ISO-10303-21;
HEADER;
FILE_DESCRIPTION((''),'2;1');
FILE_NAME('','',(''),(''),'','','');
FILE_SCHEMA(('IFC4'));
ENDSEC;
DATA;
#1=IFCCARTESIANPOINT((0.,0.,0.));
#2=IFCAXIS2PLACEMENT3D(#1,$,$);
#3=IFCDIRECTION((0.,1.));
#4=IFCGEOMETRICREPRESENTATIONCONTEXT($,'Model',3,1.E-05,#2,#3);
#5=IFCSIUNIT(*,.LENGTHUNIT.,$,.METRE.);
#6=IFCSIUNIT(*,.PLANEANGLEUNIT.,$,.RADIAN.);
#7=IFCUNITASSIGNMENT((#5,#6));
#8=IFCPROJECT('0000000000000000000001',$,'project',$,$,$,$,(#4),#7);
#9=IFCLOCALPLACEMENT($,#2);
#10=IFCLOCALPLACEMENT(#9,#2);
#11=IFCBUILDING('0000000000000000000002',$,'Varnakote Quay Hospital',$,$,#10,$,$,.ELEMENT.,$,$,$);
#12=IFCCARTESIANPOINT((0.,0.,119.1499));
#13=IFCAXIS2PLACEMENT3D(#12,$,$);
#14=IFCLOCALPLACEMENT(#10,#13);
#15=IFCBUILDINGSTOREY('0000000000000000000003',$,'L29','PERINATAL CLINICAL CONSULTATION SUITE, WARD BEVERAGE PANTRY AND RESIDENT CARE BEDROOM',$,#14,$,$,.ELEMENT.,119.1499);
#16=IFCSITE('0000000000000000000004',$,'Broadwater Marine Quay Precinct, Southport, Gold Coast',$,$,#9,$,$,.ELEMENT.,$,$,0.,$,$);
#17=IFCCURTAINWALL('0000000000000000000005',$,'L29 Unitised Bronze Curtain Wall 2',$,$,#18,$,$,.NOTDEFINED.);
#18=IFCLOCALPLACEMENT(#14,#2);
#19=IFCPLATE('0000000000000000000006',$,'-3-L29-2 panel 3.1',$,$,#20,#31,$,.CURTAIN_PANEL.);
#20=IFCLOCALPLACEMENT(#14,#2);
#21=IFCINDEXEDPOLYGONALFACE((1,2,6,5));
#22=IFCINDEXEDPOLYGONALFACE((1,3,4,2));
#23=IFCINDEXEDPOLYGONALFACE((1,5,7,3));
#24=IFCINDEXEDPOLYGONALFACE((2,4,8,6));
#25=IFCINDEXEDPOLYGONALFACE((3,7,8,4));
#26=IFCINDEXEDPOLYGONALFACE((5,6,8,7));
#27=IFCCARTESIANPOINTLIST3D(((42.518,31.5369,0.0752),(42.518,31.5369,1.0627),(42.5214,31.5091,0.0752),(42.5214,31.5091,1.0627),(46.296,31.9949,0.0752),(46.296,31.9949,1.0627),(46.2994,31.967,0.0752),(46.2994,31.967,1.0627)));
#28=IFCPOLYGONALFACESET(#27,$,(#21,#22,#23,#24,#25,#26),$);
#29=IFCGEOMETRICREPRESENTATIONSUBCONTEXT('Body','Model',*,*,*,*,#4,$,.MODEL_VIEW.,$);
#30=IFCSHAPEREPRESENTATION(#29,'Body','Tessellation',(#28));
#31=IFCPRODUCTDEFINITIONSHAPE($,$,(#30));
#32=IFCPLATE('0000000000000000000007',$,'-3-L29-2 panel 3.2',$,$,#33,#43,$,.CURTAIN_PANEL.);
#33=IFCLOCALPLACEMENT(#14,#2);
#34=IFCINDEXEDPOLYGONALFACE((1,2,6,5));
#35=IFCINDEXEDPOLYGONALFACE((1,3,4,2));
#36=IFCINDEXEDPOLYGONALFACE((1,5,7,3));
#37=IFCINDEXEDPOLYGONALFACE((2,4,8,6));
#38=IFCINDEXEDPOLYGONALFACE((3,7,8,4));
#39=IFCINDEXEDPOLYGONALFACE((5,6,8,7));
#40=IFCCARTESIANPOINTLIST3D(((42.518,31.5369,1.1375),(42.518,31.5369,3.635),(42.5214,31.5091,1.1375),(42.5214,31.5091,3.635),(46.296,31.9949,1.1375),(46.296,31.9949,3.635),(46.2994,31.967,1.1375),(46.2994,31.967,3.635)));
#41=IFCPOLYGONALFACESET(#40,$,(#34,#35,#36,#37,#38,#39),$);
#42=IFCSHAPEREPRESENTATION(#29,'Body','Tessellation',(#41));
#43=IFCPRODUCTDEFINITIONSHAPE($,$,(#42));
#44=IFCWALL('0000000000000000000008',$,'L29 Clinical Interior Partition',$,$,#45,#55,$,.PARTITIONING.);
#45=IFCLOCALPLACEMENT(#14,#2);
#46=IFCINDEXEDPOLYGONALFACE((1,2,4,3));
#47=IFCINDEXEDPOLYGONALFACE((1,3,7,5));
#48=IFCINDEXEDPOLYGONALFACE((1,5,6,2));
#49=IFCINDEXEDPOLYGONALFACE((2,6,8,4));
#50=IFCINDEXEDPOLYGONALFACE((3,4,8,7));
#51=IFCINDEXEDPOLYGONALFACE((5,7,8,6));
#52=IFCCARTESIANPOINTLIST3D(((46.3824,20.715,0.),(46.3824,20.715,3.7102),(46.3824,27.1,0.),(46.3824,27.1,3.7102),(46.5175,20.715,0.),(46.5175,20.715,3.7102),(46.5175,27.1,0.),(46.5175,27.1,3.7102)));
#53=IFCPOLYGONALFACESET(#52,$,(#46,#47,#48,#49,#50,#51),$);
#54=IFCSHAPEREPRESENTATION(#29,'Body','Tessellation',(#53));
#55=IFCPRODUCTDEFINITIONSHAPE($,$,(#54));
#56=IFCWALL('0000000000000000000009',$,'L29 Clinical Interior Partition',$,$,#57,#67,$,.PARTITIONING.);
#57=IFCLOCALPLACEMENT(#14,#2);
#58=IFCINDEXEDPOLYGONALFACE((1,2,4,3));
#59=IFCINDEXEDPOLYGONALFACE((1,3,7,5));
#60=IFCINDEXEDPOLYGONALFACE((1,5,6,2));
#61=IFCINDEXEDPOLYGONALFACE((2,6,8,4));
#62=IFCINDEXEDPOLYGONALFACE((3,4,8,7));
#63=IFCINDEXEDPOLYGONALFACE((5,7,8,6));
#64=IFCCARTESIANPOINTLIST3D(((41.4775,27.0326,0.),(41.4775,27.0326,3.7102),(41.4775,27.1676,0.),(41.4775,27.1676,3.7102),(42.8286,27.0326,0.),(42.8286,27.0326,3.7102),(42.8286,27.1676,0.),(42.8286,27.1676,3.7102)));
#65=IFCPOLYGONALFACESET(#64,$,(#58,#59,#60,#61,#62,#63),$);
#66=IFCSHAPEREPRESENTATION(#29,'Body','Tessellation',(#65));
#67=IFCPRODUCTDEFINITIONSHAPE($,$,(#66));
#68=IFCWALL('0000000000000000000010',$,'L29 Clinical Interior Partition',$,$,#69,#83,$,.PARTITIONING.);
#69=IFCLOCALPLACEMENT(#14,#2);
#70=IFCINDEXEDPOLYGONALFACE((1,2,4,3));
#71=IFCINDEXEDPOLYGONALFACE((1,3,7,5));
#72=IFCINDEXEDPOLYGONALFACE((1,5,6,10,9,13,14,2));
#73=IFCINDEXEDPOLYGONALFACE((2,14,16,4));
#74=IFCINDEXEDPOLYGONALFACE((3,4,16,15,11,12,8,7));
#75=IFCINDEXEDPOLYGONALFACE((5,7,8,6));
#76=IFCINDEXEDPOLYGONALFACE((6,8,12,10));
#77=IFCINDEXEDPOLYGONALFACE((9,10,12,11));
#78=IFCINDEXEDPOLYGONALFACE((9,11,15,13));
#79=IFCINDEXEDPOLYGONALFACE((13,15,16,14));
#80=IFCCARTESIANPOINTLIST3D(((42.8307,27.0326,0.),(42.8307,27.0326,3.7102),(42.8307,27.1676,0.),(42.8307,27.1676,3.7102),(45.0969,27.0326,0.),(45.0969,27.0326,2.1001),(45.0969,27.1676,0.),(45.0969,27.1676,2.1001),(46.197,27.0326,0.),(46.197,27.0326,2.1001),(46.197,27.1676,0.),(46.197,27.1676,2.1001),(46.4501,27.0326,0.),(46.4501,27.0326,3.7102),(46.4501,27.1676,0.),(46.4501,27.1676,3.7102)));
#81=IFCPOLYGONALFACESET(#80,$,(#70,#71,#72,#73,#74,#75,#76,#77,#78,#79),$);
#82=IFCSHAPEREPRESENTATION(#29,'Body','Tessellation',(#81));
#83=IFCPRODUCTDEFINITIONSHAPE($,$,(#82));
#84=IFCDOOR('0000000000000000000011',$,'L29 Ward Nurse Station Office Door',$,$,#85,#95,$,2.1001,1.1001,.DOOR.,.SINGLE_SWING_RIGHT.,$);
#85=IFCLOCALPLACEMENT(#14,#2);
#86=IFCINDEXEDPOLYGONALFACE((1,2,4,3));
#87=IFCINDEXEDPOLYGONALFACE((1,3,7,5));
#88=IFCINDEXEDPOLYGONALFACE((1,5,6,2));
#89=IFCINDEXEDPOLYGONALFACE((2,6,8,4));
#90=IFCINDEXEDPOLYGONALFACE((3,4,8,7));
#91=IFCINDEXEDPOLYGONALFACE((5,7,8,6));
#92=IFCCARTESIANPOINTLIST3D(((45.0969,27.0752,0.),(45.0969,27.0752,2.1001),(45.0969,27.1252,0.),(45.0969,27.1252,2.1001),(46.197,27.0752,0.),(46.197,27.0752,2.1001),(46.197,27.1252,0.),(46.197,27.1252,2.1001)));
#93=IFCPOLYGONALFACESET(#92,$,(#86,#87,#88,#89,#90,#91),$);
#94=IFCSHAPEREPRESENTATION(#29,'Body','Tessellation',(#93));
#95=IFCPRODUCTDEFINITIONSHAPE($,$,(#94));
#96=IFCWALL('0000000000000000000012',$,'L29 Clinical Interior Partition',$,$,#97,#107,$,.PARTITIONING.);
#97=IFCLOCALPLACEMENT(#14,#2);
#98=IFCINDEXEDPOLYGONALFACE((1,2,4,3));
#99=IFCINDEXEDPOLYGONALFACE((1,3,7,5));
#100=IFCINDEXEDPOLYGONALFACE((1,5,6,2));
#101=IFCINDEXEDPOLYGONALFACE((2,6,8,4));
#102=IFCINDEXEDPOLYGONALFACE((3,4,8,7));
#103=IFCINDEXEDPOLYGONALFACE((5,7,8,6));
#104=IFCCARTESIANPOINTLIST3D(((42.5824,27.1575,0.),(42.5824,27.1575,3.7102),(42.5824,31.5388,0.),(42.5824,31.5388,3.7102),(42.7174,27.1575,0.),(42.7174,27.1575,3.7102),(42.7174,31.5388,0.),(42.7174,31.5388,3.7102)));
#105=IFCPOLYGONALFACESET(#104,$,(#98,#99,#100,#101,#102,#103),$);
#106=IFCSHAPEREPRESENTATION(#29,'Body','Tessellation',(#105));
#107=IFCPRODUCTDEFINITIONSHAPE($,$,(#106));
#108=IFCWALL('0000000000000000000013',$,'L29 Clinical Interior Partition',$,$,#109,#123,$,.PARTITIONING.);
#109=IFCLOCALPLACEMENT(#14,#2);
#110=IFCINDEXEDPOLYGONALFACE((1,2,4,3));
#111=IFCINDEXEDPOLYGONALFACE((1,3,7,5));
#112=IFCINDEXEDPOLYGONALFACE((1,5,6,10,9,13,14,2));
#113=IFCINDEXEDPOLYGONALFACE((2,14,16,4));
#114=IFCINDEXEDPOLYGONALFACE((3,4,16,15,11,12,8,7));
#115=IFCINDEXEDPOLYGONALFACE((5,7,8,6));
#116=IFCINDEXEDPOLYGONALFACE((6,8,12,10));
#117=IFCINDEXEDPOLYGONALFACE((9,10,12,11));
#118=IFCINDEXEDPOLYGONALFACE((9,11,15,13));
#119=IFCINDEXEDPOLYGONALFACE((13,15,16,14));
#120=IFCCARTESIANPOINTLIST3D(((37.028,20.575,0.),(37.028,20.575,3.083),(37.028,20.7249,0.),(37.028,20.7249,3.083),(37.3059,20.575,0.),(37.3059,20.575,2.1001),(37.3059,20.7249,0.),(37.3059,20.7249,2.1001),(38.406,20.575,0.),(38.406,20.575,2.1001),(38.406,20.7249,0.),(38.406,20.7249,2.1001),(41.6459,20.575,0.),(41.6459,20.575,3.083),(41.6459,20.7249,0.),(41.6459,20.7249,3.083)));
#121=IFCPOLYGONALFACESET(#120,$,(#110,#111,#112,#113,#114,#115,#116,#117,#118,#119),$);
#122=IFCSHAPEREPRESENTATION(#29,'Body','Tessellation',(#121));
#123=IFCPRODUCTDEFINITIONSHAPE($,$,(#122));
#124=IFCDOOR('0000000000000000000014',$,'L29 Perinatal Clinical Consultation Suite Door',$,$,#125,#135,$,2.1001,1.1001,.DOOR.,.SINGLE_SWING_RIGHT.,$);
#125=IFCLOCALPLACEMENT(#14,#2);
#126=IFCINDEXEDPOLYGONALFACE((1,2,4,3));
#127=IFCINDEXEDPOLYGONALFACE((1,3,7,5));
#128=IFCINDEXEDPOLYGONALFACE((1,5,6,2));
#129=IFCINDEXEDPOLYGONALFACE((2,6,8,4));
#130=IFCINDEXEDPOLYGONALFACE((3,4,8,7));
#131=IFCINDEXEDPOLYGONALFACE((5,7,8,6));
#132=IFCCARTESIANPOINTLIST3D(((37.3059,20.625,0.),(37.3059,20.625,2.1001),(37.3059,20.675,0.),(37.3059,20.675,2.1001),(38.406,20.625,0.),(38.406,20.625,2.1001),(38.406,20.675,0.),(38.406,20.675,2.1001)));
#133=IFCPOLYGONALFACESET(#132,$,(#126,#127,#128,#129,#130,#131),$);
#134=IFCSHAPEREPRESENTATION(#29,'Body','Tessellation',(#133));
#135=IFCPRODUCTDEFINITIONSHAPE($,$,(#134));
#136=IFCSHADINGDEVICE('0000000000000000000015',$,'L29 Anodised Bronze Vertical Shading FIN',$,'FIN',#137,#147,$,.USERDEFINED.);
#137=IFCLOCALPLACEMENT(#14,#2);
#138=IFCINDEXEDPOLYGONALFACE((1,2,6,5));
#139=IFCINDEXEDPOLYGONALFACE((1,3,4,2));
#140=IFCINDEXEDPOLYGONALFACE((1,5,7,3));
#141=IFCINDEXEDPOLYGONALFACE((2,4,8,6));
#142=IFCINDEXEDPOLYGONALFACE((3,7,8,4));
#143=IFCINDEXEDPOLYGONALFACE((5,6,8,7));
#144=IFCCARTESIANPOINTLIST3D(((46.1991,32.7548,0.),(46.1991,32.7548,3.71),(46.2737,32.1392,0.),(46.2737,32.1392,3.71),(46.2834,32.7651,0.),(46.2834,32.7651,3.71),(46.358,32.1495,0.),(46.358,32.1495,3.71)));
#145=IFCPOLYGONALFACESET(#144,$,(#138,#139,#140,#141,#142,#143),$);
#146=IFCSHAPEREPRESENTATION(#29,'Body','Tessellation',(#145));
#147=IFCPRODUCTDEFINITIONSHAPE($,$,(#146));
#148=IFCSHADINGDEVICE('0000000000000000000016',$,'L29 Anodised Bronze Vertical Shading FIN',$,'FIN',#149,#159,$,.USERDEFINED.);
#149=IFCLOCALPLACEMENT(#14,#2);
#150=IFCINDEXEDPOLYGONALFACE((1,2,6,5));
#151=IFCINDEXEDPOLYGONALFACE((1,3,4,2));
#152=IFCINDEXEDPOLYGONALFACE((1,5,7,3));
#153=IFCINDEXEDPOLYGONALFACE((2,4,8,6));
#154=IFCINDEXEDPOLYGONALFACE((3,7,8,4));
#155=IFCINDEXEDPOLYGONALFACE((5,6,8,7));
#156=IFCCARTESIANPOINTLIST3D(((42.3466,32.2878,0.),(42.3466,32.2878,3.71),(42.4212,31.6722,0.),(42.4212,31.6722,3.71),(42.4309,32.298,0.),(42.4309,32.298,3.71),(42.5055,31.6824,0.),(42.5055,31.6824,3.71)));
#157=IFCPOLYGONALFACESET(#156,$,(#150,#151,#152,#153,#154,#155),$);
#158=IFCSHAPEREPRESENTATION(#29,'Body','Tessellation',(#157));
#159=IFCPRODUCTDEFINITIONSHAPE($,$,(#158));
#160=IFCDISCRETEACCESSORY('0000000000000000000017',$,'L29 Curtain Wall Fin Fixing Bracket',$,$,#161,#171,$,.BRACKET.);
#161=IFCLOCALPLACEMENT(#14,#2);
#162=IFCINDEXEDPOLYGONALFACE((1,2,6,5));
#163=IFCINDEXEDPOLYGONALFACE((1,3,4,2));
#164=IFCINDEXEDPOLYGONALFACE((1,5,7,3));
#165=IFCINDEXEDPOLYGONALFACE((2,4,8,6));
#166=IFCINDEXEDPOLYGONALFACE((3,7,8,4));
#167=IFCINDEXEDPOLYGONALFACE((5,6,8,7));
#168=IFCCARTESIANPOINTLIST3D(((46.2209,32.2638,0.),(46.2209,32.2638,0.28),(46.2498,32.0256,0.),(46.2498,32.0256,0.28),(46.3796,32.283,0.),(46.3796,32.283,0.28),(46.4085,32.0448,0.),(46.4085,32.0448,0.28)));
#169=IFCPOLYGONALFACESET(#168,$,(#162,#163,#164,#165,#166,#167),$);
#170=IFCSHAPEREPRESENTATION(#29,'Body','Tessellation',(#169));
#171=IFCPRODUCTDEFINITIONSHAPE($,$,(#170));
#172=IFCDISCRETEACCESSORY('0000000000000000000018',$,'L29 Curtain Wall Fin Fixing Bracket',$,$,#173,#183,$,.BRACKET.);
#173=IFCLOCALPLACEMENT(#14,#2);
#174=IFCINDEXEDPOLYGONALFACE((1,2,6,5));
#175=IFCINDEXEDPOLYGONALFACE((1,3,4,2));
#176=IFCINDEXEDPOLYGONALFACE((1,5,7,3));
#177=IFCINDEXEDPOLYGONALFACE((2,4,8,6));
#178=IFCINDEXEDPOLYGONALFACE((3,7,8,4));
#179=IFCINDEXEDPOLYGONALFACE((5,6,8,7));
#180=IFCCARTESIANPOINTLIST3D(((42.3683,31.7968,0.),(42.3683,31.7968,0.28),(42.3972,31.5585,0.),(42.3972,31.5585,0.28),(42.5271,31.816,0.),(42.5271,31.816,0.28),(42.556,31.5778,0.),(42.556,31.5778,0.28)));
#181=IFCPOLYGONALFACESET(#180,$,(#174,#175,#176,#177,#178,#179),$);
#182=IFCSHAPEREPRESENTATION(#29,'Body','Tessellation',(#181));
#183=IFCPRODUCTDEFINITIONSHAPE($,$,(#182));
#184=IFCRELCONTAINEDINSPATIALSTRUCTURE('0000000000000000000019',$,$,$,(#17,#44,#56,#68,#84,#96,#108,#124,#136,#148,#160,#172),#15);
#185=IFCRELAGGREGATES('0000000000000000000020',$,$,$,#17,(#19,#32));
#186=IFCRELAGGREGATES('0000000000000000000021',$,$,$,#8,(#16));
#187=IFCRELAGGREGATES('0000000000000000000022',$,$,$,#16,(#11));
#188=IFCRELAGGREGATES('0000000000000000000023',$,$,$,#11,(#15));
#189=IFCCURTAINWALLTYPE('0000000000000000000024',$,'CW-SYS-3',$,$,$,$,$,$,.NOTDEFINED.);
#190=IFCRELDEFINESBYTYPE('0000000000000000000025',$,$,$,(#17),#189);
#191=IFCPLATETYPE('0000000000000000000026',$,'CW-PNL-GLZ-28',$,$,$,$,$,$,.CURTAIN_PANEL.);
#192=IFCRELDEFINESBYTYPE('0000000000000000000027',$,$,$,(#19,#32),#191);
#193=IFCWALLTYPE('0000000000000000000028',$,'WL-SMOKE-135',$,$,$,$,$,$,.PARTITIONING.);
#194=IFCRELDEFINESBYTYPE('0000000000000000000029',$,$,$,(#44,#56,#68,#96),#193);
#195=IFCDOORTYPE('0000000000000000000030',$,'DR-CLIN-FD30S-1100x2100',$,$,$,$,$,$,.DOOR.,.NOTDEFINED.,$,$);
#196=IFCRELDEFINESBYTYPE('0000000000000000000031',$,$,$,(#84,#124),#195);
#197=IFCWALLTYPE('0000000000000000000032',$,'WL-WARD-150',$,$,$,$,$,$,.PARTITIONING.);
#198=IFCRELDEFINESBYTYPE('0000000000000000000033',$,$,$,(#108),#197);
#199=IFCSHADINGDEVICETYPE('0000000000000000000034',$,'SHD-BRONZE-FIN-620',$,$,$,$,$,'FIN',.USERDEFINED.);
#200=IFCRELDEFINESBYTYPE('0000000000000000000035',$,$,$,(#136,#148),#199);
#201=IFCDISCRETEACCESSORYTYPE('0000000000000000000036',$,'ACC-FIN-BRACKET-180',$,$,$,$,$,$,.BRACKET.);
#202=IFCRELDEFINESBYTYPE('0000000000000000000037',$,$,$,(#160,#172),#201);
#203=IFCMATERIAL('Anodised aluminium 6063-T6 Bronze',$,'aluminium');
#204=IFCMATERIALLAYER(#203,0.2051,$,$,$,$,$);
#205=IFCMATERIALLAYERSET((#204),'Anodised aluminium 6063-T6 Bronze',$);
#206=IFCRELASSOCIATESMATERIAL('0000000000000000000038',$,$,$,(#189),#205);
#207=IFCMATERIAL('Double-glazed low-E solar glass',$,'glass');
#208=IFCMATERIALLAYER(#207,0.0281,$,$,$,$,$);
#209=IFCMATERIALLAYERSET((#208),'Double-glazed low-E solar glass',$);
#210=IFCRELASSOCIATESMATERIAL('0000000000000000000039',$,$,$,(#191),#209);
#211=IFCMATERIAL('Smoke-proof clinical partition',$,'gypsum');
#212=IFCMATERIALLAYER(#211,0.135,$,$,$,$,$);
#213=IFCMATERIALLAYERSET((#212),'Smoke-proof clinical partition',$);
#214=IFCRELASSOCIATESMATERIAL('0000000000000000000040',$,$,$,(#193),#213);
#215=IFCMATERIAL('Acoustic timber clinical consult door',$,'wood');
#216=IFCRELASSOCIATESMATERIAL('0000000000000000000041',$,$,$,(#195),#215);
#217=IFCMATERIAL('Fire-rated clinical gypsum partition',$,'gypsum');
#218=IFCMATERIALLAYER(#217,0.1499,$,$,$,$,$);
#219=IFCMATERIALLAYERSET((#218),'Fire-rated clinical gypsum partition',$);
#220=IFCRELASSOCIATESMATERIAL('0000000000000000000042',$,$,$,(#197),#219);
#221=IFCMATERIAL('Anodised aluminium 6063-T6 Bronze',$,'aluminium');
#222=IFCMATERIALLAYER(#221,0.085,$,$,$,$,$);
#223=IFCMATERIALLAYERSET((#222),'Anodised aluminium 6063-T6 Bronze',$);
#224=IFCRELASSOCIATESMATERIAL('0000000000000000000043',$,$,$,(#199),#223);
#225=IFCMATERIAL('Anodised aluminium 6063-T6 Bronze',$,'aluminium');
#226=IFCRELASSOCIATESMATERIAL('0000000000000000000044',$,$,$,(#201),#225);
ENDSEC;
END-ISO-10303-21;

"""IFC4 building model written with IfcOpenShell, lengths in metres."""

from ifc_helpers import new_model, si_unit, direction, frame, frame_2d, origin, origin_2d, place, context, subcontext, project, spatial, rectangle, extrude, material, layer, layer_set, type_object, element, fill, aggregate, save


model = new_model("IFC4")

# Units and contexts
model_context = context("Model", 3, precision=1e-05, world=origin(), true_north=direction((0.0, 1.0)))
body_context = subcontext(model_context, "Body", "Model", "MODEL_VIEW")
ifc_project = project(units=[si_unit("LENGTHUNIT", "METRE"), si_unit("PLANEANGLEUNIT", "RADIAN")], contexts=[model_context])

# Site, building, storey
site_placement = place(None, origin())
site = spatial("IfcSite", under=ifc_project, at=site_placement, Name="Broadwater Marine Quay Precinct, Southport, Gold Coast", CompositionType="ELEMENT", RefElevation=0.0)
building_placement = place(site_placement, origin())
building = spatial("IfcBuilding", under=site, at=building_placement, Name="Varnakote Quay Hospital", CompositionType="ELEMENT")
storey_placement = place(building_placement, frame((0.0, 0.0, 119.1499)))
storey = spatial("IfcBuildingStorey", under=building, at=storey_placement, Name="L29", Description="PERINATAL CLINICAL CONSULTATION SUITE, WARD BEVERAGE PANTRY AND RESIDENT CARE BEDROOM", CompositionType="ELEMENT", Elevation=119.1499)

# Curtain wall
ifc_material_1 = material(Name="Anodised aluminium 6063-T6 Bronze", Category="aluminium")
ifc_layer_1 = layer(ifc_material_1, 0.2051)
ifc_layer_set_1 = layer_set([ifc_layer_1], Name="Anodised aluminium 6063-T6 Bronze")
curtain_wall_type = type_object("IfcCurtainWallType", Name="CW-SYS-3", PredefinedType="NOTDEFINED", material=ifc_layer_set_1)
curtain_wall_placement = place(storey_placement, origin())
curtain_wall = element("IfcCurtainWall", 1, at=curtain_wall_placement, inside=storey, type_object=curtain_wall_type, Name="L29 Unitised Bronze Curtain Wall 2", PredefinedType="NOTDEFINED")

# Plates
ifc_material_2 = material(Name="Double-glazed low-E solar glass", Category="glass")
ifc_layer_2 = layer(ifc_material_2, 0.0281)
ifc_layer_set_2 = layer_set([ifc_layer_2], Name="Double-glazed low-E solar glass")
plate_type = type_object("IfcPlateType", Name="CW-PNL-GLZ-28", PredefinedType="CURTAIN_PANEL", material=ifc_layer_set_2)
plate_1_placement = place(storey_placement, frame((44.4087, 31.752, 0.0752), z_axis=(0.0, 0.0, 1.0), x_axis=(-0.992734, -0.120327, 0.0)))
plate_1 = element("IfcPlate", 2, at=plate_1_placement, type_object=plate_type, Name="-3-L29-2 panel 3.1", PredefinedType="CURTAIN_PANEL", context=body_context, shape_type="SweptSolid", body=[
    extrude(rectangle(XDim=3.8057, YDim=0.0281, at=origin_2d()), origin(), (0.0, 0.0, 1.0), 0.9875),
])
plate_2_placement = place(storey_placement, frame((44.4087, 31.752, 1.1375), z_axis=(0.0, 0.0, 1.0), x_axis=(-0.992734, -0.120327, 0.0)))
plate_2 = element("IfcPlate", 3, at=plate_2_placement, type_object=plate_type, Name="-3-L29-2 panel 3.2", PredefinedType="CURTAIN_PANEL", context=body_context, shape_type="SweptSolid", body=[
    extrude(rectangle(XDim=3.8057, YDim=0.0281, at=origin_2d()), origin(), (0.0, 0.0, 1.0), 2.4976),
])
aggregate(curtain_wall, [plate_1, plate_2])

# Walls
ifc_material_3 = material(Name="Smoke-proof clinical partition", Category="gypsum")
ifc_layer_3 = layer(ifc_material_3, 0.135)
ifc_layer_set_3 = layer_set([ifc_layer_3], Name="Smoke-proof clinical partition")
wall_type_1 = type_object("IfcWallType", Name="WL-SMOKE-135", PredefinedType="PARTITIONING", material=ifc_layer_set_3)
wall_1_placement = place(storey_placement, frame((46.45, 20.7151, 0.0), z_axis=(0.0, 0.0, 1.0), x_axis=(0.0, 1.0, 0.0)))
element("IfcWall", 4, at=wall_1_placement, inside=storey, type_object=wall_type_1, Name="L29 Clinical Interior Partition", PredefinedType="PARTITIONING", context=body_context, shape_type="SweptSolid", body=[
    extrude(rectangle(XDim=6.385, YDim=0.135, at=frame_2d((3.1924, 0.0))), origin(), (0.0, 0.0, 1.0), 3.7102),
])
wall_2_placement = place(storey_placement, frame((42.8286, 27.1001, 0.0), z_axis=(0.0, 0.0, 1.0), x_axis=(-1.0, 0.0, 0.0)))
element("IfcWall", 5, at=wall_2_placement, inside=storey, type_object=wall_type_1, Name="L29 Clinical Interior Partition", PredefinedType="PARTITIONING", context=body_context, shape_type="SweptSolid", body=[
    extrude(rectangle(XDim=1.3511, YDim=0.135, at=frame_2d((0.6755, 0.0))), origin(), (0.0, 0.0, 1.0), 3.7102),
])

# Wall, opening, door
wall_3_placement = place(storey_placement, frame((46.45, 27.1001, 0.0), z_axis=(0.0, 0.0, 1.0), x_axis=(-1.0, 0.0, 0.0)))
wall_3 = element("IfcWall", 6, at=wall_3_placement, inside=storey, type_object=wall_type_1, Name="L29 Clinical Interior Partition", PredefinedType="PARTITIONING", context=body_context, shape_type="SweptSolid", body=[
    extrude(rectangle(XDim=3.6194, YDim=0.135, at=frame_2d((1.8096, 0.0))), origin(), (0.0, 0.0, 1.0), 3.7102),
])
opening_1_placement = place(wall_3_placement, frame((0.2529, 0.0, 0.0)))
opening_1 = element("IfcOpeningElement", 7, at=opening_1_placement, cuts=wall_3, PredefinedType="OPENING", context=body_context, shape_type="SweptSolid", body=[
    extrude(rectangle(XDim=1.1001, YDim=2.1001, at=frame_2d((0.55, 1.05))), frame((0.0, 0.0774, 0.0), z_axis=(0.0, -1.0, 0.0), x_axis=(1.0, 0.0, 0.0)), (0.0, 0.0, 1.0), 0.155),
])
ifc_material_4 = material(Name="Acoustic timber clinical consult door", Category="wood")
door_type = type_object("IfcDoorType", Name="DR-CLIN-FD30S-1100x2100", OperationType="NOTDEFINED", PredefinedType="DOOR", material=ifc_material_4)
door_1_placement = place(opening_1_placement, origin())
door_1 = element("IfcDoor", 8, at=door_1_placement, inside=storey, type_object=door_type, Name="L29 Ward Nurse Station Office Door", OperationType="SINGLE_SWING_RIGHT", OverallHeight=2.1001, OverallWidth=1.1001, PredefinedType="DOOR", context=body_context, shape_type="SweptSolid", body=[
    extrude(rectangle(XDim=1.1001, YDim=2.1001, at=frame_2d((0.55, 1.05))), frame((0.0, 0.0249, 0.0), z_axis=(0.0, -1.0, 0.0), x_axis=(1.0, 0.0, 0.0)), (0.0, 0.0, 1.0), 0.05),
])
fill(opening_1, door_1)

# Wall
wall_4_placement = place(storey_placement, frame((42.6499, 27.1575, 0.0), z_axis=(0.0, 0.0, 1.0), x_axis=(0.0, 1.0, 0.0)))
element("IfcWall", 9, at=wall_4_placement, inside=storey, type_object=wall_type_1, Name="L29 Clinical Interior Partition", PredefinedType="PARTITIONING", context=body_context, shape_type="SweptSolid", body=[
    extrude(rectangle(XDim=4.3813, YDim=0.135, at=frame_2d((2.1907, 0.0))), origin(), (0.0, 0.0, 1.0), 3.7102),
])

# Wall, opening, door
ifc_material_5 = material(Name="Fire-rated clinical gypsum partition", Category="gypsum")
ifc_layer_4 = layer(ifc_material_5, 0.1499)
ifc_layer_set_4 = layer_set([ifc_layer_4], Name="Fire-rated clinical gypsum partition")
wall_type_2 = type_object("IfcWallType", Name="WL-WARD-150", PredefinedType="PARTITIONING", material=ifc_layer_set_4)
wall_5_placement = place(storey_placement, frame((41.646, 20.6499, 0.0), z_axis=(0.0, 0.0, 1.0), x_axis=(-1.0, 0.0, 0.0)))
wall_5 = element("IfcWall", 10, at=wall_5_placement, inside=storey, type_object=wall_type_2, Name="L29 Clinical Interior Partition", PredefinedType="PARTITIONING", context=body_context, shape_type="SweptSolid", body=[
    extrude(rectangle(XDim=4.6179, YDim=0.1499, at=frame_2d((2.3091, 0.0))), origin(), (0.0, 0.0, 1.0), 3.083),
])
opening_2_placement = place(wall_5_placement, frame((3.24, 0.0, 0.0)))
opening_2 = element("IfcOpeningElement", 11, at=opening_2_placement, cuts=wall_5, PredefinedType="OPENING", context=body_context, shape_type="SweptSolid", body=[
    extrude(rectangle(XDim=1.1001, YDim=2.1001, at=frame_2d((0.55, 1.05))), frame((0.0, 0.085, 0.0), z_axis=(0.0, -1.0, 0.0), x_axis=(1.0, 0.0, 0.0)), (0.0, 0.0, 1.0), 0.1699),
])
door_2_placement = place(opening_2_placement, origin())
door_2 = element("IfcDoor", 12, at=door_2_placement, inside=storey, type_object=door_type, Name="L29 Perinatal Clinical Consultation Suite Door", OperationType="SINGLE_SWING_RIGHT", OverallHeight=2.1001, OverallWidth=1.1001, PredefinedType="DOOR", context=body_context, shape_type="SweptSolid", body=[
    extrude(rectangle(XDim=1.1001, YDim=2.1001, at=frame_2d((0.55, 1.05))), frame((0.0, 0.0249, 0.0), z_axis=(0.0, -1.0, 0.0), x_axis=(1.0, 0.0, 0.0)), (0.0, 0.0, 1.0), 0.05),
])
fill(opening_2, door_2)

# Shading devices
ifc_material_6 = material(Name="Anodised aluminium 6063-T6 Bronze", Category="aluminium")
ifc_layer_5 = layer(ifc_material_6, 0.085)
ifc_layer_set_5 = layer_set([ifc_layer_5], Name="Anodised aluminium 6063-T6 Bronze")
shading_device_type = type_object("IfcShadingDeviceType", Name="SHD-BRONZE-FIN-620", ElementType="FIN", PredefinedType="USERDEFINED", material=ifc_layer_set_5)
for number, where, z_axis, x_axis, name in (
    (13, (46.2786, 32.4521, 0.0), (0.0, 0.0, 1.0), (0.12031, -0.992736, 0.0), "L29 Anodised Bronze Vertical Shading FIN"),
    (14, (42.426, 31.9851, 0.0), (0.0, 0.0, 1.0), (0.12031, -0.992736, 0.0), "L29 Anodised Bronze Vertical Shading FIN"),
):
    element("IfcShadingDevice", number, at=place(storey_placement, frame(where, z_axis=z_axis, x_axis=x_axis)), inside=storey, type_object=shading_device_type, Name=name, ObjectType="FIN", PredefinedType="USERDEFINED", context=body_context, shape_type="SweptSolid", body=[
        extrude(rectangle(XDim=0.6201, YDim=0.085, at=origin_2d()), origin(), (0.0, 0.0, 1.0), 3.71),
    ])

# Discrete accessories
ifc_material_7 = material(Name="Anodised aluminium 6063-T6 Bronze", Category="aluminium")
discrete_accessory_type = type_object("IfcDiscreteAccessoryType", Name="ACC-FIN-BRACKET-180", PredefinedType="BRACKET", material=ifc_material_7)
for number, where, z_axis, x_axis, name in (
    (15, (46.3147, 32.1543, 0.0), (0.0, 0.0, 1.0), (-0.992736, -0.12031, 0.0), "L29 Curtain Wall Fin Fixing Bracket"),
    (16, (42.4622, 31.6873, 0.0), (0.0, 0.0, 1.0), (-0.992736, -0.12031, 0.0), "L29 Curtain Wall Fin Fixing Bracket"),
):
    element("IfcDiscreteAccessory", number, at=place(storey_placement, frame(where, z_axis=z_axis, x_axis=x_axis)), inside=storey, type_object=discrete_accessory_type, Name=name, PredefinedType="BRACKET", context=body_context, shape_type="SweptSolid", body=[
        extrude(rectangle(XDim=0.1599, YDim=0.24, at=origin_2d()), origin(), (0.0, 0.0, 1.0), 0.28),
    ])

save(model, "model.ifc")
